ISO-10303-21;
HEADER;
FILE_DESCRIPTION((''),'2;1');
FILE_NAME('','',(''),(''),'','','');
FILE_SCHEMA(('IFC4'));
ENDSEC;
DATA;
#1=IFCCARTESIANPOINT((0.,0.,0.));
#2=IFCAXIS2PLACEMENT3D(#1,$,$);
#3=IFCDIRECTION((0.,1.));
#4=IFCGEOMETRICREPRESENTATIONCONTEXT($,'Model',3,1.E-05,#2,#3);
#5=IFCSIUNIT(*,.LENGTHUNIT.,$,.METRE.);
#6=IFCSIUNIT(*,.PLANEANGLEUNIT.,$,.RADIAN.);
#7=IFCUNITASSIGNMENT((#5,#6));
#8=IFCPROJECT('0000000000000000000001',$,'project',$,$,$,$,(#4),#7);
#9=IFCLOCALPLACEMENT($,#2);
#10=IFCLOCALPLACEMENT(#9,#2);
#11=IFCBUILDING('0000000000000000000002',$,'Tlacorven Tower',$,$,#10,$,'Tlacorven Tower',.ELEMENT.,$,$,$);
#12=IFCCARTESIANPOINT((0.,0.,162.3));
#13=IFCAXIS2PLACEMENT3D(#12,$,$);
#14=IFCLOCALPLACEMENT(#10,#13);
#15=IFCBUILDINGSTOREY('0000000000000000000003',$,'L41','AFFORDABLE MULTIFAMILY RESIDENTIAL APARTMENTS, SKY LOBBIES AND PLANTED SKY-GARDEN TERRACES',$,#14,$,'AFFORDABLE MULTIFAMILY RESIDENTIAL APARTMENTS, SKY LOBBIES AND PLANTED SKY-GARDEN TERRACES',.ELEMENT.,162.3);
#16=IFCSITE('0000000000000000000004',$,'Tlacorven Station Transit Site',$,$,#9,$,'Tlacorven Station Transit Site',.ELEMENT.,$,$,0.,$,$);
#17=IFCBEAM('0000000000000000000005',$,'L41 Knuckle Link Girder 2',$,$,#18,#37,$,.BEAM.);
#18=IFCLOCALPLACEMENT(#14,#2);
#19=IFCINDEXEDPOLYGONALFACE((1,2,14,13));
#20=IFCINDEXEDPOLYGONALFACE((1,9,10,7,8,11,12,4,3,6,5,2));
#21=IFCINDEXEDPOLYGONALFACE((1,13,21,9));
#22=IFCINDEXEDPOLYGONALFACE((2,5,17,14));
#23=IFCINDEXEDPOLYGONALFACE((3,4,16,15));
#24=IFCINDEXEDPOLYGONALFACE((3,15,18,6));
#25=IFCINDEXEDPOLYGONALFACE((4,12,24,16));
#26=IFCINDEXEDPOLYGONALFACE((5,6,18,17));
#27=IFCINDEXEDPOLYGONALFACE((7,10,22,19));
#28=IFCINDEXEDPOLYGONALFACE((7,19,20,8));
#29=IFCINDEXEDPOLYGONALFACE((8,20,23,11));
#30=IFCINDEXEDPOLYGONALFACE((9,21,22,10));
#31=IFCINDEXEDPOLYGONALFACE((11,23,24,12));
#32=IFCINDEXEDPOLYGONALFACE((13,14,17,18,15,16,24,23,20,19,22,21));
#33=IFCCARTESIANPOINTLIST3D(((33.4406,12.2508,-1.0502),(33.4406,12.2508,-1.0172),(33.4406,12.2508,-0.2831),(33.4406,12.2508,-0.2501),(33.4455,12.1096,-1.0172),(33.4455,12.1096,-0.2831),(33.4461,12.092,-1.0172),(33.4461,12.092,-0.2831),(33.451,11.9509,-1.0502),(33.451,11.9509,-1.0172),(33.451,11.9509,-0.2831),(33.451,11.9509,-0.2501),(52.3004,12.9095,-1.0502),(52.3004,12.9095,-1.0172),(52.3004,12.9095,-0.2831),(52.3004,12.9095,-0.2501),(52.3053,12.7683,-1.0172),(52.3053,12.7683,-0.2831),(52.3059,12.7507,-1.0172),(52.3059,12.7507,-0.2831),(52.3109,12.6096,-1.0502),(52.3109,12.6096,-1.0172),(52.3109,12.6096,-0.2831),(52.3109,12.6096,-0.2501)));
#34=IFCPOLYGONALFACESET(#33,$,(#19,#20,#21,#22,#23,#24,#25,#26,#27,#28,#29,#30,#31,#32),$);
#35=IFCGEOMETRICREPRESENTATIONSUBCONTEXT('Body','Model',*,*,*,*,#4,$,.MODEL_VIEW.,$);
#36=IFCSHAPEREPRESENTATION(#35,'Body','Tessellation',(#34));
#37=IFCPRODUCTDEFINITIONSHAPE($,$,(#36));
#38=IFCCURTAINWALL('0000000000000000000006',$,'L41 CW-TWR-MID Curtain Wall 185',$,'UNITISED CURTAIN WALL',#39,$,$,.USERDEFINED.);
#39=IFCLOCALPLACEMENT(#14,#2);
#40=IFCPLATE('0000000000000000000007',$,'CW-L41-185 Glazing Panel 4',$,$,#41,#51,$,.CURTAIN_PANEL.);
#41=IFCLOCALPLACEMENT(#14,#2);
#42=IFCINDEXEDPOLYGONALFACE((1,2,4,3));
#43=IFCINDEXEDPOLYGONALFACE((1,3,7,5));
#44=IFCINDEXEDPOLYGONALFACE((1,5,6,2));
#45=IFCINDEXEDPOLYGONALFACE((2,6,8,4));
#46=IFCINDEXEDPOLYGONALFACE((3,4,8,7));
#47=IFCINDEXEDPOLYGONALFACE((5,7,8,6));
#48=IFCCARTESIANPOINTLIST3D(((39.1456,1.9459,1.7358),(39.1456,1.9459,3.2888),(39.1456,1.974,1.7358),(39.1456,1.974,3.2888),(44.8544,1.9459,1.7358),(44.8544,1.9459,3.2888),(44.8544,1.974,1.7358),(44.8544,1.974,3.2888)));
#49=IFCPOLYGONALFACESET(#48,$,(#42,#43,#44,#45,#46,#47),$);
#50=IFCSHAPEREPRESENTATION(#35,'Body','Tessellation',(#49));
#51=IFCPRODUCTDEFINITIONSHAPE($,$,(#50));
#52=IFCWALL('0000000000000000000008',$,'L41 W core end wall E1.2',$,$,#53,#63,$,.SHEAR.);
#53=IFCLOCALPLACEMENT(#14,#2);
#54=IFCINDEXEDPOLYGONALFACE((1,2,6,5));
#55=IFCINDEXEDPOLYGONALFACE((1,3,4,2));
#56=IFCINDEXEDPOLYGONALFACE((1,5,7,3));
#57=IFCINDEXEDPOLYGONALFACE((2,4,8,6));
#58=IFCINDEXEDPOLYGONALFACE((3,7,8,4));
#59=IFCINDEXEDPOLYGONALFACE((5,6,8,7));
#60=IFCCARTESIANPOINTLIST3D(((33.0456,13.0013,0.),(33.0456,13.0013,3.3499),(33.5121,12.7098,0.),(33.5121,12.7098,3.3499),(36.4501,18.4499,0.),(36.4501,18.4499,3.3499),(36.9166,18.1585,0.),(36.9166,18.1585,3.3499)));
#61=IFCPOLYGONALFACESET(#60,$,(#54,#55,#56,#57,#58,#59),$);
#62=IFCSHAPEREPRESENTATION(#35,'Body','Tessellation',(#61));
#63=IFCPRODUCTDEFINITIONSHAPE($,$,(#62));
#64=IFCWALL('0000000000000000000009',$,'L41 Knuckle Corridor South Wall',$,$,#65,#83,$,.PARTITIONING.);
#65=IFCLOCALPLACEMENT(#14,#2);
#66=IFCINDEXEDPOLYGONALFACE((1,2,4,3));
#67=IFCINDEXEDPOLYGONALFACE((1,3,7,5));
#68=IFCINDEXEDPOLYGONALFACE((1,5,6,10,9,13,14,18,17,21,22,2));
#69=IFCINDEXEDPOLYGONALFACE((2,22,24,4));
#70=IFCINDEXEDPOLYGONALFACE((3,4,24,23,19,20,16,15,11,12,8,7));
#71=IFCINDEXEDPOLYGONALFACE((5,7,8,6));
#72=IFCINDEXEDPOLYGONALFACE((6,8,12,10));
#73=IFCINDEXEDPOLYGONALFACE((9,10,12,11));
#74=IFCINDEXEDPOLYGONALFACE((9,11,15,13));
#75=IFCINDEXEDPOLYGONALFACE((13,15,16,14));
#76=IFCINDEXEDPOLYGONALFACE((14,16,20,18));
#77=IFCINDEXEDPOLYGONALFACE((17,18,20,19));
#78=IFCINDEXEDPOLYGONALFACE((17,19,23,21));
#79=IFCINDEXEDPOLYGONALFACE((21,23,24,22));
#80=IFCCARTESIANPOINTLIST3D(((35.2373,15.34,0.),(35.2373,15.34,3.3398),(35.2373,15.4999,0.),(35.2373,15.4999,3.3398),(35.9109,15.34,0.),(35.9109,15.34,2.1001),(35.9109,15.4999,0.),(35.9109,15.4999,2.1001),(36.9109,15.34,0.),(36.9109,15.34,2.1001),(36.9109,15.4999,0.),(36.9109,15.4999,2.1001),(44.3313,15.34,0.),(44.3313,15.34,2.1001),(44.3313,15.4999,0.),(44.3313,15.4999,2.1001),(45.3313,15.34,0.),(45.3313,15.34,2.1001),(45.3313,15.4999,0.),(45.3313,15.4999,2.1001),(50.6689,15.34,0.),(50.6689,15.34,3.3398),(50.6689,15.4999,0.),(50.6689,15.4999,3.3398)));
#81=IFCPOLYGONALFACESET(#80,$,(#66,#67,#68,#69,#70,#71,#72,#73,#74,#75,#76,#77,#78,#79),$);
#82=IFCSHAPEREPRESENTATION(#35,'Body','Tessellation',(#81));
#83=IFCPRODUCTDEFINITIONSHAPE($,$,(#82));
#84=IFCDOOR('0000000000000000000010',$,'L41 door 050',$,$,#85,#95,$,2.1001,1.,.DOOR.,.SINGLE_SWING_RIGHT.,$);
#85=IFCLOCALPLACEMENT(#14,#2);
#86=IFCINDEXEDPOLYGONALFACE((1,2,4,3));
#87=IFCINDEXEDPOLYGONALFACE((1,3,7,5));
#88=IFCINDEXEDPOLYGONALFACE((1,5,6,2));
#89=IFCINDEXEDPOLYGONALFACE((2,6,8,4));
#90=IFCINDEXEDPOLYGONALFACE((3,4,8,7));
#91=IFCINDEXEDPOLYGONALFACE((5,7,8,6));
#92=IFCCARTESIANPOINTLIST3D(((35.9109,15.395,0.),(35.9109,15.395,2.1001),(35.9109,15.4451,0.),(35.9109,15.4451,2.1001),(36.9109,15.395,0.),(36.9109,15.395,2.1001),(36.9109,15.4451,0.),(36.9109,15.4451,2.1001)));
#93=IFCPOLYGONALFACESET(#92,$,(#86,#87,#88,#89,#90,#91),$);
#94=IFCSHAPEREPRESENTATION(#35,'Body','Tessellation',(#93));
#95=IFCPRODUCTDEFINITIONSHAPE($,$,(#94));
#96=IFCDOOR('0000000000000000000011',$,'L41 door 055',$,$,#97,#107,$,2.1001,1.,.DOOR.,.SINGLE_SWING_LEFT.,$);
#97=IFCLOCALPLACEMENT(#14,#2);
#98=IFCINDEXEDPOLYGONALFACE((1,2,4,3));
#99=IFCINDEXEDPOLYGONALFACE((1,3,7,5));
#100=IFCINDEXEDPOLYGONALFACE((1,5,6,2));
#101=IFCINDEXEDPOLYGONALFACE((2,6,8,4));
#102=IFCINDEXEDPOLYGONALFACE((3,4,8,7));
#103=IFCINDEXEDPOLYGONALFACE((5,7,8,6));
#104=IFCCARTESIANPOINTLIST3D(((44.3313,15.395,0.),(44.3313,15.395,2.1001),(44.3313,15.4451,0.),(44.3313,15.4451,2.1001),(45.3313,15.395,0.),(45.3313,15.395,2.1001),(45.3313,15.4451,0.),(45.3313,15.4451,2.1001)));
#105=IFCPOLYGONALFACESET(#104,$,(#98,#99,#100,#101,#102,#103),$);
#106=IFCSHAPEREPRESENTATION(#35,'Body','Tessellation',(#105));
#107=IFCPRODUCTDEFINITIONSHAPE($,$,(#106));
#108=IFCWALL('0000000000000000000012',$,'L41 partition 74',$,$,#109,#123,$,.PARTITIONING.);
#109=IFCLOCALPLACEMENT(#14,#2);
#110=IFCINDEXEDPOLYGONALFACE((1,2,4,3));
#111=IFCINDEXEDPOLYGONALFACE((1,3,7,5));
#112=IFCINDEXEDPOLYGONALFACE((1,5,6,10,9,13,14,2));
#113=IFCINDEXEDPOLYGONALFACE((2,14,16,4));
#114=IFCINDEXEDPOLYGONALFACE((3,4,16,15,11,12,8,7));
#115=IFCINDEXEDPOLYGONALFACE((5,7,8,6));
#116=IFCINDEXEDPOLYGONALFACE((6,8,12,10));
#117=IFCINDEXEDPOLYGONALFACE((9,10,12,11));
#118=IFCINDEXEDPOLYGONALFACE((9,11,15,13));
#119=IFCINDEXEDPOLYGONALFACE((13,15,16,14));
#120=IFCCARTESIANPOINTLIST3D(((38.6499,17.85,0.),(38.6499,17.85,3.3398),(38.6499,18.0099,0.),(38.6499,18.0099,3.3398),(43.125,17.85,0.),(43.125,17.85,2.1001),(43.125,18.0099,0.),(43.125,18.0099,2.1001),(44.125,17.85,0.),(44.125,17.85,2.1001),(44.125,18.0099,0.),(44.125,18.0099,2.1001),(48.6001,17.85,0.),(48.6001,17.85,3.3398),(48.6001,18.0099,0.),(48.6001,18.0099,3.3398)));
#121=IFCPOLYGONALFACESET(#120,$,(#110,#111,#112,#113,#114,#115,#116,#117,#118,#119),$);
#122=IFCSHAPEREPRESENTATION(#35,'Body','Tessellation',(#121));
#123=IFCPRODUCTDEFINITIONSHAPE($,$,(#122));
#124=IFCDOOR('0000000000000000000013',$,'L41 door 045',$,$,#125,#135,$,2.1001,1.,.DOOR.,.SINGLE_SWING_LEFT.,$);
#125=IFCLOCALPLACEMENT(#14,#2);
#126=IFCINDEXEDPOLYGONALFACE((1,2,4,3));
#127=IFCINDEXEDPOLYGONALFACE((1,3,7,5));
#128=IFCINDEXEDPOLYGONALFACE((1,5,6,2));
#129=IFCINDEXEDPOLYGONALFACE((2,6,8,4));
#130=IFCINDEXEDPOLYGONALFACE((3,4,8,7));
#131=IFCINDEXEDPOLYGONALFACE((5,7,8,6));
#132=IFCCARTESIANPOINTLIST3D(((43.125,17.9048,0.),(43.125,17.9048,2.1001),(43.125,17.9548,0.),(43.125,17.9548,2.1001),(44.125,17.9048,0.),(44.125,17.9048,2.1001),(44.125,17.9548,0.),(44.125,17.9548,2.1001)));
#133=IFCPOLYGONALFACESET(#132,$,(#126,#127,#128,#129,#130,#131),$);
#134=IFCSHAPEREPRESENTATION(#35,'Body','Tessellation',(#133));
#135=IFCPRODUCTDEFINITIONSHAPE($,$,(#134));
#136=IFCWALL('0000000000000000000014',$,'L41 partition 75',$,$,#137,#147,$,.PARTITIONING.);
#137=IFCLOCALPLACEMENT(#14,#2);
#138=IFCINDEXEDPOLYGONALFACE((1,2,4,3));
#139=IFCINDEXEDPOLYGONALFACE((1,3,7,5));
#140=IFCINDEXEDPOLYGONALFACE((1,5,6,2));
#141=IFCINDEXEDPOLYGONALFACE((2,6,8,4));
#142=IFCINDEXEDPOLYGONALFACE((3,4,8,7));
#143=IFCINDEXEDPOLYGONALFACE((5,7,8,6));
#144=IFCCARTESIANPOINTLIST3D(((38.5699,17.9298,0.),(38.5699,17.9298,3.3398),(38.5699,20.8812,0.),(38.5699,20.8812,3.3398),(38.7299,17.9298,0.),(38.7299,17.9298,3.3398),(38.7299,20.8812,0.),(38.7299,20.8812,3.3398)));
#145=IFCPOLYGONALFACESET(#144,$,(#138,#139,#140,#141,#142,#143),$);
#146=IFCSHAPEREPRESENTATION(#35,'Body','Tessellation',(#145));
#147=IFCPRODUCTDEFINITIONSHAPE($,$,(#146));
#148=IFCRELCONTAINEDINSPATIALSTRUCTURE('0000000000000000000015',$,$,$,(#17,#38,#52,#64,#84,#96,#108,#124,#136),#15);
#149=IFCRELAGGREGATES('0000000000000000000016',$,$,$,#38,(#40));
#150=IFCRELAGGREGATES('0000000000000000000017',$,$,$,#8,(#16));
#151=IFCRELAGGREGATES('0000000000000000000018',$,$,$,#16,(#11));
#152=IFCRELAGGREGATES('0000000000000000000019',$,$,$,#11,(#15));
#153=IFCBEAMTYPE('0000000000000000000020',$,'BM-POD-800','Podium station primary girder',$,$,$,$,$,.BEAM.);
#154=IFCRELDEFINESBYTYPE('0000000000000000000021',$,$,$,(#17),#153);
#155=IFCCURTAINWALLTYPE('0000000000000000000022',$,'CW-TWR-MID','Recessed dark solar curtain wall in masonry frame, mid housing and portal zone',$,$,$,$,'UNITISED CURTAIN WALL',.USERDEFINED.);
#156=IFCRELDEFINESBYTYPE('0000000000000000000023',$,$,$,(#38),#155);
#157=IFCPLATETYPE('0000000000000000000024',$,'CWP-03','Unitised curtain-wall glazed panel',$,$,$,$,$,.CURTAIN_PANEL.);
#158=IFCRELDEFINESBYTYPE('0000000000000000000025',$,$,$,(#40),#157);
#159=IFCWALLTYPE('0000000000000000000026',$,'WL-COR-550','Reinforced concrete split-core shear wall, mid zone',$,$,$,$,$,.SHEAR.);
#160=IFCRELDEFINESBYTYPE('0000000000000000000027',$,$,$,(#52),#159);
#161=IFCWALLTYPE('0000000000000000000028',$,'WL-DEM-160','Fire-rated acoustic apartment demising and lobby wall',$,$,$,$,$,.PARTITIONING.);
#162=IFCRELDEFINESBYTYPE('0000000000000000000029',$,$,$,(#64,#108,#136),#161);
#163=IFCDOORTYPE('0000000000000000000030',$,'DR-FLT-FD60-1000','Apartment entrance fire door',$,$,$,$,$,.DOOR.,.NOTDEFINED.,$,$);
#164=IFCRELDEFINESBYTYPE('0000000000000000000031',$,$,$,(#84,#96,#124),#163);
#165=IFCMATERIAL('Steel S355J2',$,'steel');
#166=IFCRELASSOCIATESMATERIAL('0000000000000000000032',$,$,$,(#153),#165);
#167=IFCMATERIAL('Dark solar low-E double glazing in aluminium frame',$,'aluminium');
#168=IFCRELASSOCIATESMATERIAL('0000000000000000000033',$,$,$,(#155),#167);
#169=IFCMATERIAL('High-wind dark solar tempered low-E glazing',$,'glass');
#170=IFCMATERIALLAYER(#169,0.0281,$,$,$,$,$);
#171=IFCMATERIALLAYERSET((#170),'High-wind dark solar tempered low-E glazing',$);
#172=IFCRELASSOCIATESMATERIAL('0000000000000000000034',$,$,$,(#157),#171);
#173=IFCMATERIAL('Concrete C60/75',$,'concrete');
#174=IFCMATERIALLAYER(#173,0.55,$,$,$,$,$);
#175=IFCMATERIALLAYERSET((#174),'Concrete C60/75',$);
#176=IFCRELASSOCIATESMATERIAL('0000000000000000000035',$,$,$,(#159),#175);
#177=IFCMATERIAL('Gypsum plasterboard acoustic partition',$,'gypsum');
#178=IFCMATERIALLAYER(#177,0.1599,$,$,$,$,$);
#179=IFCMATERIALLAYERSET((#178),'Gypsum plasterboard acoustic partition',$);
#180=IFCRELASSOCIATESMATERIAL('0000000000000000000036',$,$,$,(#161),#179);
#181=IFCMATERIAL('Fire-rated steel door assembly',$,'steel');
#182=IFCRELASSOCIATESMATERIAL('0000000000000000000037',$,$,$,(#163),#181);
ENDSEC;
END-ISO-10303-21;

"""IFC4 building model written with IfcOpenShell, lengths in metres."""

from ifc_helpers import new_model, si_unit, direction, frame, frame_2d, origin, origin_2d, place, context, subcontext, project, spatial, rectangle, i_section, extrude, source, transform, mapped, material, layer, layer_set, material_profile, profile_set, type_object, element, fill, aggregate, save


model = new_model("IFC4")

# Units and contexts
model_context = context("Model", 3, precision=1e-05, world=origin(), true_north=direction((0.0, 1.0)))
body_context = subcontext(model_context, "Body", "Model", "MODEL_VIEW")
ifc_project = project(units=[si_unit("LENGTHUNIT", "METRE"), si_unit("PLANEANGLEUNIT", "RADIAN")], contexts=[model_context])

# Site, building, storey
site_placement = place(None, origin())
site = spatial("IfcSite", under=ifc_project, at=site_placement, Name="Tlacorven Station Transit Site", LongName="Tlacorven Station Transit Site", CompositionType="ELEMENT", RefElevation=0.0)
building_placement = place(site_placement, origin())
building = spatial("IfcBuilding", under=site, at=building_placement, Name="Tlacorven Tower", LongName="Tlacorven Tower", CompositionType="ELEMENT")
storey_placement = place(building_placement, frame((0.0, 0.0, 162.3)))
storey = spatial("IfcBuildingStorey", under=building, at=storey_placement, Name="L41", Description="AFFORDABLE MULTIFAMILY RESIDENTIAL APARTMENTS, SKY LOBBIES AND PLANTED SKY-GARDEN TERRACES", LongName="AFFORDABLE MULTIFAMILY RESIDENTIAL APARTMENTS, SKY LOBBIES AND PLANTED SKY-GARDEN TERRACES", CompositionType="ELEMENT", Elevation=162.3)

# Beam
ifc_material_1 = material(Name="Steel S355J2", Category="steel")
ifc_material_profile = material_profile(ifc_material_1, i_section(OverallWidth=0.3, OverallDepth=0.8, WebThickness=0.0176, FlangeThickness=0.033, at=origin_2d()), Name="HEB 800")
ifc_profile_set = profile_set([ifc_material_profile], Name="Steel S355J2")
beam_type = type_object("IfcBeamType", Name="BM-POD-800", Description="Podium station primary girder", PredefinedType="BEAM", material=ifc_profile_set)
shared_shape_1 = source(origin(), body_context, "Body", "SweptSolid", [
    extrude(i_section(OverallWidth=0.3, OverallDepth=0.8, WebThickness=0.0176, FlangeThickness=0.033, at=origin_2d()), origin(), (0.0, 0.0, 1.0), 18.8713),
])
beam_placement = place(storey_placement, frame((33.4458, 12.1008, -0.6501), z_axis=(0.999391, 0.034904, 0.0), x_axis=(-0.034904, 0.999391, 0.0)))
element("IfcBeam", 1, at=beam_placement, inside=storey, type_object=beam_type, Name="L41 Knuckle Link Girder 2", PredefinedType="BEAM", context=body_context, shape_type="MappedRepresentation", body=[
    mapped(shared_shape_1, transform((0.0, 0.0, 0.0), scale=1.0)),
])

# Curtain wall, plate
ifc_material_2 = material(Name="Dark solar low-E double glazing in aluminium frame", Category="aluminium")
curtain_wall_type = type_object("IfcCurtainWallType", Name="CW-TWR-MID", Description="Recessed dark solar curtain wall in masonry frame, mid housing and portal zone", ElementType="UNITISED CURTAIN WALL", PredefinedType="USERDEFINED", material=ifc_material_2)
curtain_wall_placement = place(storey_placement, origin())
curtain_wall = element("IfcCurtainWall", 2, at=curtain_wall_placement, inside=storey, type_object=curtain_wall_type, Name="L41 CW-TWR-MID Curtain Wall 185", ObjectType="UNITISED CURTAIN WALL", PredefinedType="USERDEFINED")
ifc_material_3 = material(Name="High-wind dark solar tempered low-E glazing", Category="glass")
ifc_layer_1 = layer(ifc_material_3, 0.0281)
ifc_layer_set_1 = layer_set([ifc_layer_1], Name="High-wind dark solar tempered low-E glazing")
plate_type = type_object("IfcPlateType", Name="CWP-03", Description="Unitised curtain-wall glazed panel", PredefinedType="CURTAIN_PANEL", material=ifc_layer_set_1)
shared_shape_2 = source(origin(), body_context, "Body", "SweptSolid", [
    extrude(rectangle(XDim=5.7087, YDim=0.0281, at=origin_2d()), origin(), (0.0, 0.0, 1.0), 1.553),
])
plate_placement = place(storey_placement, frame((42.0, 1.96, 1.7358), z_axis=(0.0, 0.0, 1.0), x_axis=(-1.0, 0.0, 0.0)))
plate = element("IfcPlate", 3, at=plate_placement, type_object=plate_type, Name="CW-L41-185 Glazing Panel 4", PredefinedType="CURTAIN_PANEL", context=body_context, shape_type="MappedRepresentation", body=[
    mapped(shared_shape_2, transform((0.0, 0.0, 0.0), scale=1.0)),
])
aggregate(curtain_wall, [plate])

# Wall
ifc_material_4 = material(Name="Concrete C60/75", Category="concrete")
ifc_layer_2 = layer(ifc_material_4, 0.55)
ifc_layer_set_2 = layer_set([ifc_layer_2], Name="Concrete C60/75")
wall_type_1 = type_object("IfcWallType", Name="WL-COR-550", Description="Reinforced concrete split-core shear wall, mid zone", PredefinedType="SHEAR", material=ifc_layer_set_2)
wall_1_placement = place(storey_placement, frame((36.6833, 18.3042, 0.0), z_axis=(0.0, 0.0, 1.0), x_axis=(-0.529896, -0.848062, 0.0)))
element("IfcWall", 4, at=wall_1_placement, inside=storey, type_object=wall_type_1, Name="L41 W core end wall E1.2", PredefinedType="SHEAR", context=body_context, shape_type="SweptSolid", body=[
    extrude(rectangle(XDim=6.4248, YDim=0.55, at=frame_2d((3.2124, 0.0))), origin(), (0.0, 0.0, 1.0), 3.3499),
])

# Wall, openings, doors
ifc_material_5 = material(Name="Gypsum plasterboard acoustic partition", Category="gypsum")
ifc_layer_3 = layer(ifc_material_5, 0.1599)
ifc_layer_set_3 = layer_set([ifc_layer_3], Name="Gypsum plasterboard acoustic partition")
wall_type_2 = type_object("IfcWallType", Name="WL-DEM-160", Description="Fire-rated acoustic apartment demising and lobby wall", PredefinedType="PARTITIONING", material=ifc_layer_set_3)
wall_2_placement = place(storey_placement, frame((35.2373, 15.4199, 0.0), z_axis=(0.0, 0.0, 1.0), x_axis=(1.0, 0.0, 0.0)))
wall_2 = element("IfcWall", 5, at=wall_2_placement, inside=storey, type_object=wall_type_2, Name="L41 Knuckle Corridor South Wall", PredefinedType="PARTITIONING", context=body_context, shape_type="SweptSolid", body=[
    extrude(rectangle(XDim=15.4316, YDim=0.1599, at=frame_2d((7.7158, 0.0))), origin(), (0.0, 0.0, 1.0), 3.3398),
])
opening_1_placement = place(wall_2_placement, frame((0.6736, 0.0, 0.0)))
opening_1 = element("IfcOpeningElement", 6, at=opening_1_placement, cuts=wall_2, PredefinedType="OPENING", context=body_context, shape_type="SweptSolid", body=[
    extrude(rectangle(XDim=1.0, YDim=2.1001, at=frame_2d((0.5, 1.05))), frame((0.0, 0.0898, 0.0), z_axis=(0.0, -1.0, 0.0), x_axis=(1.0, 0.0, 0.0)), (0.0, 0.0, 1.0), 0.1799),
])
opening_2_placement = place(wall_2_placement, frame((9.094, 0.0, 0.0)))
opening_2 = element("IfcOpeningElement", 7, at=opening_2_placement, cuts=wall_2, PredefinedType="OPENING", context=body_context, shape_type="SweptSolid", body=[
    extrude(rectangle(XDim=1.0, YDim=2.1001, at=frame_2d((0.5, 1.05))), frame((0.0, 0.0898, 0.0), z_axis=(0.0, -1.0, 0.0), x_axis=(1.0, 0.0, 0.0)), (0.0, 0.0, 1.0), 0.1799),
])
ifc_material_6 = material(Name="Fire-rated steel door assembly", Category="steel")
door_type_1 = type_object("IfcDoorType", Name="DR-FLT-FD60-1000", Description="Apartment entrance fire door", OperationType="NOTDEFINED", PredefinedType="DOOR", material=ifc_material_6)
shared_shape_3 = source(origin(), body_context, "Body", "SweptSolid", [
    extrude(rectangle(XDim=1.0, YDim=2.1001, at=frame_2d((0.5, 1.05))), frame((0.0, 0.0249, 0.0), z_axis=(0.0, -1.0, 0.0), x_axis=(1.0, 0.0, 0.0)), (0.0, 0.0, 1.0), 0.05),
])
door_1_placement = place(opening_1_placement, frame((1.0, 0.0, 0.0), z_axis=(0.0, 0.0, 1.0), x_axis=(-1.0, 0.0, 0.0)))
door_1 = element("IfcDoor", 8, at=door_1_placement, inside=storey, type_object=door_type_1, Name="L41 door 050", OperationType="SINGLE_SWING_RIGHT", OverallHeight=2.1001, OverallWidth=1.0, PredefinedType="DOOR", context=body_context, shape_type="MappedRepresentation", body=[
    mapped(shared_shape_3, transform((0.0, 0.0, 0.0), scale=1.0)),
])
fill(opening_1, door_1)
door_2_placement = place(opening_2_placement, frame((1.0, 0.0, 0.0), z_axis=(0.0, 0.0, 1.0), x_axis=(-1.0, 0.0, 0.0)))
door_2 = element("IfcDoor", 9, at=door_2_placement, inside=storey, type_object=door_type_1, Name="L41 door 055", OperationType="SINGLE_SWING_LEFT", OverallHeight=2.1001, OverallWidth=1.0, PredefinedType="DOOR", context=body_context, shape_type="MappedRepresentation", body=[
    mapped(shared_shape_3, transform((0.0, 0.0, 0.0), scale=1.0)),
])
fill(opening_2, door_2)

# Wall, opening, door
wall_3_placement = place(storey_placement, frame((38.6499, 17.9299, 0.0), z_axis=(0.0, 0.0, 1.0), x_axis=(1.0, 0.0, 0.0)))
wall_3 = element("IfcWall", 10, at=wall_3_placement, inside=storey, type_object=wall_type_2, Name="L41 partition 74", PredefinedType="PARTITIONING", context=body_context, shape_type="SweptSolid", body=[
    extrude(rectangle(XDim=9.9502, YDim=0.1599, at=frame_2d((4.9751, 0.0))), origin(), (0.0, 0.0, 1.0), 3.3398),
])
opening_3_placement = place(wall_3_placement, frame((4.4751, 0.0, 0.0)))
opening_3 = element("IfcOpeningElement", 11, at=opening_3_placement, cuts=wall_3, PredefinedType="OPENING", context=body_context, shape_type="SweptSolid", body=[
    extrude(rectangle(XDim=1.0, YDim=2.1001, at=frame_2d((0.5, 1.05))), frame((0.0, 0.0898, 0.0), z_axis=(0.0, -1.0, 0.0), x_axis=(1.0, 0.0, 0.0)), (0.0, 0.0, 1.0), 0.1799),
])
door_3_placement = place(opening_3_placement, origin())
door_3 = element("IfcDoor", 12, at=door_3_placement, inside=storey, type_object=door_type_1, Name="L41 door 045", OperationType="SINGLE_SWING_LEFT", OverallHeight=2.1001, OverallWidth=1.0, PredefinedType="DOOR", context=body_context, shape_type="MappedRepresentation", body=[
    mapped(shared_shape_3, transform((0.0, 0.0, 0.0), scale=1.0)),
])
fill(opening_3, door_3)

# Wall
wall_4_placement = place(storey_placement, frame((38.6499, 17.9299, 0.0), z_axis=(0.0, 0.0, 1.0), x_axis=(0.0, 1.0, 0.0)))
element("IfcWall", 13, at=wall_4_placement, inside=storey, type_object=wall_type_2, Name="L41 partition 75", PredefinedType="PARTITIONING", context=body_context, shape_type="SweptSolid", body=[
    extrude(rectangle(XDim=2.9514, YDim=0.1599, at=frame_2d((1.4756, 0.0))), origin(), (0.0, 0.0, 1.0), 3.3398),
])

save(model, "model.ifc")
